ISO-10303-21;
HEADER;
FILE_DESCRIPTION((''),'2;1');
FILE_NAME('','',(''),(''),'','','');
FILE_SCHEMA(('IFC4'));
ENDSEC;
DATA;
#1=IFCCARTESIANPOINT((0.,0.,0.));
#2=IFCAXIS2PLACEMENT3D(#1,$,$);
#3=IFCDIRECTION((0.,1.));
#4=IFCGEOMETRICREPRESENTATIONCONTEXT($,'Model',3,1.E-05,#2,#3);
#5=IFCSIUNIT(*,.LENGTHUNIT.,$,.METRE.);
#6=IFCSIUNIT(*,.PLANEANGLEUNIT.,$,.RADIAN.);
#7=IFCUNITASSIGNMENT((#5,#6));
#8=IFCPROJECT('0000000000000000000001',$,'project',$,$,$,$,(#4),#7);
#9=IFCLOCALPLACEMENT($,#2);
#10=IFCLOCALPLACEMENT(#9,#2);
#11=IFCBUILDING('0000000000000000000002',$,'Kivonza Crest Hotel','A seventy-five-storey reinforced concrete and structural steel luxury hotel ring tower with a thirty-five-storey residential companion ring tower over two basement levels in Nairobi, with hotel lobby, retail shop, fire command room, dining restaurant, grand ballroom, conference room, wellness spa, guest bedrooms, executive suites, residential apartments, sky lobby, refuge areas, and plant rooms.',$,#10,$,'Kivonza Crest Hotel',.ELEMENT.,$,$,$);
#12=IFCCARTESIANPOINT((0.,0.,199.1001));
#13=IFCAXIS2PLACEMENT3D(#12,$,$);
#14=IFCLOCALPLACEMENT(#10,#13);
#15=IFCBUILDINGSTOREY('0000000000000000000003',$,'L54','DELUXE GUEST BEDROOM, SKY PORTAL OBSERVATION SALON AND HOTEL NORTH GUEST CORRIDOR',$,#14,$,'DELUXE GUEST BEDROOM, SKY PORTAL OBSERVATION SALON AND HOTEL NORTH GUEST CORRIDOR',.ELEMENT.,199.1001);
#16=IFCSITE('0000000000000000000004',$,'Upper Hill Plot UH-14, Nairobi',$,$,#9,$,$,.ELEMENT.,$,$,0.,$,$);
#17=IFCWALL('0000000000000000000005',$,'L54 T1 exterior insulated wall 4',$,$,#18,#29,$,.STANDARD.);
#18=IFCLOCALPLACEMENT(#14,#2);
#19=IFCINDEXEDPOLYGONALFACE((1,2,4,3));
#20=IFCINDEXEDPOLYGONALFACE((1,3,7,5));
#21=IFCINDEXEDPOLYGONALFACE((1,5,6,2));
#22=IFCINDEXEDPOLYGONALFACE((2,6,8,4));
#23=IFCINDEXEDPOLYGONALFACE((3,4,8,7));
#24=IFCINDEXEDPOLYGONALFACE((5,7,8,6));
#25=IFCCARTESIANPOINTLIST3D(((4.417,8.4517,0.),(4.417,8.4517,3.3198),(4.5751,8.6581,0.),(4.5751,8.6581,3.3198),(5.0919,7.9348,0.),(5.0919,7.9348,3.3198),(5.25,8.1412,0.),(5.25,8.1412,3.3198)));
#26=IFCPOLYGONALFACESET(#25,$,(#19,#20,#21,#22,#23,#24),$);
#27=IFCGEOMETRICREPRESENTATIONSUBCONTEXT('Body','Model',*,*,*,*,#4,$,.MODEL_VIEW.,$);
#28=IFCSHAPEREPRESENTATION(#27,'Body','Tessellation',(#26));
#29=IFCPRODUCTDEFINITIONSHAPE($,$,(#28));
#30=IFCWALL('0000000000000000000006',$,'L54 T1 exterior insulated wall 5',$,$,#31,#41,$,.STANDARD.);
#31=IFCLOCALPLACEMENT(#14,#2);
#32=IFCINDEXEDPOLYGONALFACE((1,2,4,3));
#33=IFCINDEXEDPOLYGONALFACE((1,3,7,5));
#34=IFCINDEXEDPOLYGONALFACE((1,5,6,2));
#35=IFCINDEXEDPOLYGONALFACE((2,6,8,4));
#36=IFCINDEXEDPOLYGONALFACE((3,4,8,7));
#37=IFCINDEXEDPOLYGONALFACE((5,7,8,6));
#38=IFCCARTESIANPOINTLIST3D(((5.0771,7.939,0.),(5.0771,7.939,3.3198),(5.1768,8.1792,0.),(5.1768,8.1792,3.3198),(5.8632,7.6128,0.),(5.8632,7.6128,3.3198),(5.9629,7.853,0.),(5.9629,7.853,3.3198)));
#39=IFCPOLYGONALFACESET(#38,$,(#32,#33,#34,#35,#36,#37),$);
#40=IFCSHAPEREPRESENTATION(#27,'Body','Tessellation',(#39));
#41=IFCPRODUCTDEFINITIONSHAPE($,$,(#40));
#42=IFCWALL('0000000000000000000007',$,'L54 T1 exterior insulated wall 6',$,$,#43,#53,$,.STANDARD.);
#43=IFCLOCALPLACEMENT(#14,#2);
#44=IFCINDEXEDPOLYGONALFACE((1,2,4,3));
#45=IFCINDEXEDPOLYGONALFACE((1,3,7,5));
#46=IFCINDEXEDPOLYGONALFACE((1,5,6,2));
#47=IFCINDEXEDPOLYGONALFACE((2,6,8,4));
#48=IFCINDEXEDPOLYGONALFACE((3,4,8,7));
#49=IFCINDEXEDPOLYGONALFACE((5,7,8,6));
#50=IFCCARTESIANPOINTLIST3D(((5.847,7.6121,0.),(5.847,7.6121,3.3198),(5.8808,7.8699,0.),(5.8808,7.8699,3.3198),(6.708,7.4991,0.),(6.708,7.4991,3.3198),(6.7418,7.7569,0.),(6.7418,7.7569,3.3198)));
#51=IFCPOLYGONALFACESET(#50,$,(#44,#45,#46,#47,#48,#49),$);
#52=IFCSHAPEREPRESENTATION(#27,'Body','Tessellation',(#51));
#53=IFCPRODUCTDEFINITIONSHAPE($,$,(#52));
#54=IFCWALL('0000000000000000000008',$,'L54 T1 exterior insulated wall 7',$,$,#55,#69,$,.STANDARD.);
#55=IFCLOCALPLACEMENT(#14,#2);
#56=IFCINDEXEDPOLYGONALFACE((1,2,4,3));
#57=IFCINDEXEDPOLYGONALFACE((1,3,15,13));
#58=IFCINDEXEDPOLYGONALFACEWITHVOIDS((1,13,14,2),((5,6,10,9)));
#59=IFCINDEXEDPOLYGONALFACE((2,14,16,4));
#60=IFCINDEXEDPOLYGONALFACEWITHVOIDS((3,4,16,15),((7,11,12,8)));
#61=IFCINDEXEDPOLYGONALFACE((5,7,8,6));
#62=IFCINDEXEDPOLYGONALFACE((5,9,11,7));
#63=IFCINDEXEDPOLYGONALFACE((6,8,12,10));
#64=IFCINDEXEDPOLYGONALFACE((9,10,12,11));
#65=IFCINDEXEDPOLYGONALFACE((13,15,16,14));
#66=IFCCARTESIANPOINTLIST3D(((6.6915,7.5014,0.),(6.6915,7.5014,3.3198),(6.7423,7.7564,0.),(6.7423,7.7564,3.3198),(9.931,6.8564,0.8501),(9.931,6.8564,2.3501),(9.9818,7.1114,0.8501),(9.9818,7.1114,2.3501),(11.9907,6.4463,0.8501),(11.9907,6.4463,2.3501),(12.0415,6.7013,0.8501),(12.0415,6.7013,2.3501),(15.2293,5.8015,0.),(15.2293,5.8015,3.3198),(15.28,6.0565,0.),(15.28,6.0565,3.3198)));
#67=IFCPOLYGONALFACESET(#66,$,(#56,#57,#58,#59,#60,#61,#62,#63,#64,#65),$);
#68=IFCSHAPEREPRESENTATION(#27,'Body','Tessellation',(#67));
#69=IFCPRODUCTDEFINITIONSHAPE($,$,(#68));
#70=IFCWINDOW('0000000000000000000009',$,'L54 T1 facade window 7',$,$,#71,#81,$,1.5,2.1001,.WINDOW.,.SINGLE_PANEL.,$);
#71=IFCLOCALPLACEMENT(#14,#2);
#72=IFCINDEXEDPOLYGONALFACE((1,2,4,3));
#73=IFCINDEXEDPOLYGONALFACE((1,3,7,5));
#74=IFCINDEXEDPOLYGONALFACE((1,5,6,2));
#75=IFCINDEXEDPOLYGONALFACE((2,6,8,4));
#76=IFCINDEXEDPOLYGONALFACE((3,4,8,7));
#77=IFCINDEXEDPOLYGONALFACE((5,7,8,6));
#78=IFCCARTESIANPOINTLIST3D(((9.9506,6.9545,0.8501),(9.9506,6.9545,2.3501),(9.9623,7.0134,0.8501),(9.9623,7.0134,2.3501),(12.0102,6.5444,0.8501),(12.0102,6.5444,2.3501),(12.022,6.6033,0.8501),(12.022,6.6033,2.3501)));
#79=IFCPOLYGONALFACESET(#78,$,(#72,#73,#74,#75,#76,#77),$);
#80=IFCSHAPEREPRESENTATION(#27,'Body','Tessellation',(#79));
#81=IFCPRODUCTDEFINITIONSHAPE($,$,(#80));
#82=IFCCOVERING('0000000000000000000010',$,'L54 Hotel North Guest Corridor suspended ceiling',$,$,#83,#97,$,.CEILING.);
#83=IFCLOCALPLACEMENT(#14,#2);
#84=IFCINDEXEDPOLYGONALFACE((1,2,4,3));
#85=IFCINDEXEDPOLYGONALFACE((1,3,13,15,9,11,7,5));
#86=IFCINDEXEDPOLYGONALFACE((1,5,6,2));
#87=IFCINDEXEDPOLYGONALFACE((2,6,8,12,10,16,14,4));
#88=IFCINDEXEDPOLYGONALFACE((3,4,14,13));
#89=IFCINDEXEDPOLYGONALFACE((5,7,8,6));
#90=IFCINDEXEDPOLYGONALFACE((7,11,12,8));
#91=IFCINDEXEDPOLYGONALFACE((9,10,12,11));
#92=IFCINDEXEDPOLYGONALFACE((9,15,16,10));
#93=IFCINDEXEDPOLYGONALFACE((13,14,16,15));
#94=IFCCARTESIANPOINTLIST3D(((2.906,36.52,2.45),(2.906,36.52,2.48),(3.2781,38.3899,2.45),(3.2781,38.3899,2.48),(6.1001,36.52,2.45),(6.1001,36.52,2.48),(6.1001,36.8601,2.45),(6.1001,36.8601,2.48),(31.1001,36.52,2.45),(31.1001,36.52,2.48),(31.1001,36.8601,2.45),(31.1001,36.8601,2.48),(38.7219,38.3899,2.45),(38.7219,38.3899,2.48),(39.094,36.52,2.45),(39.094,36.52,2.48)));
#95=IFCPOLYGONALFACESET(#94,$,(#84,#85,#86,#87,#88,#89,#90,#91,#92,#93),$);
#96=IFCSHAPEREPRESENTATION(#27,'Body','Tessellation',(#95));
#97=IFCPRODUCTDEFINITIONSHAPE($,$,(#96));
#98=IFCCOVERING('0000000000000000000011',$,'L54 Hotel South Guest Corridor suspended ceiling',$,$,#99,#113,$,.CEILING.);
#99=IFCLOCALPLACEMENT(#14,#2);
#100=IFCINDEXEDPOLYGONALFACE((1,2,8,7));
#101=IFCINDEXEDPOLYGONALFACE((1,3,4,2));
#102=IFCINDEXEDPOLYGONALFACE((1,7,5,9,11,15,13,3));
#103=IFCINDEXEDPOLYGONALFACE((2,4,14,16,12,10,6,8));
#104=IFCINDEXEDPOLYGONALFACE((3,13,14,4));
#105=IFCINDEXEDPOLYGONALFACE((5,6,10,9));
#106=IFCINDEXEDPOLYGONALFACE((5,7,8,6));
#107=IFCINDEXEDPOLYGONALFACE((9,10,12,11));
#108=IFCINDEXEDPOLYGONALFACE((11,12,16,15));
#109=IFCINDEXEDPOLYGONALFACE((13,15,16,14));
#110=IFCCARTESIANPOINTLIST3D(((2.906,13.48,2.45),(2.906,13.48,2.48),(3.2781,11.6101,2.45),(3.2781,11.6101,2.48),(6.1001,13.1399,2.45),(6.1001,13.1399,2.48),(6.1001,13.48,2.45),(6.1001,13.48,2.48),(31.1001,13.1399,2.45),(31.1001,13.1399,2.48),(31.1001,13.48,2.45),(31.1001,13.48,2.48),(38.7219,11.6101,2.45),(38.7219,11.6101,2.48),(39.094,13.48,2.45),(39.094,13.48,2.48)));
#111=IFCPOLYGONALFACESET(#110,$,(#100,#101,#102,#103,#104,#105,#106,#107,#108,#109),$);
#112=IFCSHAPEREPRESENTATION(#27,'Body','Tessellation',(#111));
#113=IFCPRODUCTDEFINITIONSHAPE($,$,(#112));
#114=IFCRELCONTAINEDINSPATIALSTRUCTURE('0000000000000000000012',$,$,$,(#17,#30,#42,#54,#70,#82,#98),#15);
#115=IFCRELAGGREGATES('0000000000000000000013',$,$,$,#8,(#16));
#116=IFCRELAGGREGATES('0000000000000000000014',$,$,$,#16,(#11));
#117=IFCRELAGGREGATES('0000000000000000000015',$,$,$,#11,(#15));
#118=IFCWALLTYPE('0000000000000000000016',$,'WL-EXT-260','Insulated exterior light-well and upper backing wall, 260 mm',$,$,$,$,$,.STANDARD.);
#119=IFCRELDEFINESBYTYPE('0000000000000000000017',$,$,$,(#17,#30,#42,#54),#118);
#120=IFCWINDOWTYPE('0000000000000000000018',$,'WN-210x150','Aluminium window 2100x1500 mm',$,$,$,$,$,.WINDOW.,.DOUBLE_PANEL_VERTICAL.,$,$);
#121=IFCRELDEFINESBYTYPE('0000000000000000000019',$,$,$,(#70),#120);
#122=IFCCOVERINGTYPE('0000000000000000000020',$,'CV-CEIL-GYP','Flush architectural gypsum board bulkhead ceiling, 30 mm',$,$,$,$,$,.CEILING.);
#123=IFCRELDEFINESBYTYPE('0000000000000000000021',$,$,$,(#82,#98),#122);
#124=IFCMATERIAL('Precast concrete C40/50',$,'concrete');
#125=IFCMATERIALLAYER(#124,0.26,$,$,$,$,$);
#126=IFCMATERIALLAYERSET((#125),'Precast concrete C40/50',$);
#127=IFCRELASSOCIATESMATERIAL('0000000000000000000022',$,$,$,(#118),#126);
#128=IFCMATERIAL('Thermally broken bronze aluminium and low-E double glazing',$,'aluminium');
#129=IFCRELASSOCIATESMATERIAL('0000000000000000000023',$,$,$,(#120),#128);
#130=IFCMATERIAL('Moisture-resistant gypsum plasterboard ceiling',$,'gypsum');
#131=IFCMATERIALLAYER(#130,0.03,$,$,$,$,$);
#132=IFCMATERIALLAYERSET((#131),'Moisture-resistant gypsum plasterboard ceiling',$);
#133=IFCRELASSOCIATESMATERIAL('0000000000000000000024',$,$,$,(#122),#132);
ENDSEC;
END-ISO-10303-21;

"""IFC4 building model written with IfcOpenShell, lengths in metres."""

from ifc_helpers import new_model, si_unit, direction, frame, frame_2d, origin, place, context, subcontext, project, spatial, polyline, rectangle, outline, extrude, material, layer, layer_set, type_object, element, fill, save


model = new_model("IFC4")

# Units and contexts
model_context = context("Model", 3, precision=1e-05, world=origin(), true_north=direction((0.0, 1.0)))
body_context = subcontext(model_context, "Body", "Model", "MODEL_VIEW")
ifc_project = project(units=[si_unit("LENGTHUNIT", "METRE"), si_unit("PLANEANGLEUNIT", "RADIAN")], contexts=[model_context])

# Site, building, storey
site_placement = place(None, origin())
site = spatial("IfcSite", under=ifc_project, at=site_placement, Name="Upper Hill Plot UH-14, Nairobi", CompositionType="ELEMENT", RefElevation=0.0)
building_placement = place(site_placement, origin())
building = spatial("IfcBuilding", under=site, at=building_placement, Name="Kivonza Crest Hotel", Description="A seventy-five-storey reinforced concrete and structural steel luxury hotel ring tower with a thirty-five-storey residential companion ring tower over two basement levels in Nairobi, with hotel lobby, retail shop, fire command room, dining restaurant, grand ballroom, conference room, wellness spa, guest bedrooms, executive suites, residential apartments, sky lobby, refuge areas, and plant rooms.", LongName="Kivonza Crest Hotel", CompositionType="ELEMENT")
storey_placement = place(building_placement, frame((0.0, 0.0, 199.1001)))
storey = spatial("IfcBuildingStorey", under=building, at=storey_placement, Name="L54", Description="DELUXE GUEST BEDROOM, SKY PORTAL OBSERVATION SALON AND HOTEL NORTH GUEST CORRIDOR", LongName="DELUXE GUEST BEDROOM, SKY PORTAL OBSERVATION SALON AND HOTEL NORTH GUEST CORRIDOR", CompositionType="ELEMENT", Elevation=199.1001)

# Walls
ifc_material_1 = material(Name="Precast concrete C40/50", Category="concrete")
ifc_layer_1 = layer(ifc_material_1, 0.26)
ifc_layer_set_1 = layer_set([ifc_layer_1], Name="Precast concrete C40/50")
wall_type_1 = type_object("IfcWallType", Name="WL-EXT-260", Description="Insulated exterior light-well and upper backing wall, 260 mm", PredefinedType="STANDARD", material=ifc_layer_set_1)
for number, where, z_axis, x_axis, name in (
    (1, (4.4961, 8.5549, 0.0), (0.0, 0.0, 1.0), (0.793893, -0.608058, 0.0), "L54 T1 exterior insulated wall 4"),
):
    element("IfcWall", number, at=place(storey_placement, frame(where, z_axis=z_axis, x_axis=x_axis)), inside=storey, type_object=wall_type_1, Name=name, PredefinedType="STANDARD", context=body_context, shape_type="SweptSolid", body=[
        extrude(rectangle(XDim=0.8501, YDim=0.26, at=frame_2d((0.425, 0.0))), origin(), (0.0, 0.0, 1.0), 3.3198),
    ])
wall_1_placement = place(storey_placement, frame((5.127, 8.0591, 0.0), z_axis=(0.0, 0.0, 1.0), x_axis=(0.923653, -0.38323, 0.0)))
element("IfcWall", 2, at=wall_1_placement, inside=storey, type_object=wall_type_1, Name="L54 T1 exterior insulated wall 5", PredefinedType="STANDARD", context=body_context, shape_type="SweptSolid", body=[
    extrude(rectangle(XDim=0.8511, YDim=0.26, at=frame_2d((0.4255, 0.0))), origin(), (0.0, 0.0, 1.0), 3.3198),
])
wall_2_placement = place(storey_placement, frame((5.864, 7.741, 0.0), z_axis=(0.0, 0.0, 1.0), x_axis=(0.991493, -0.130156, 0.0)))
element("IfcWall", 3, at=wall_2_placement, inside=storey, type_object=wall_type_1, Name="L54 T1 exterior insulated wall 6", PredefinedType="STANDARD", context=body_context, shape_type="SweptSolid", body=[
    extrude(rectangle(XDim=0.8684, YDim=0.26, at=frame_2d((0.4341, 0.0))), origin(), (0.0, 0.0, 1.0), 3.3198),
])

# Wall, opening, window
wall_3_placement = place(storey_placement, frame((6.717, 7.6289, 0.0), z_axis=(0.0, 0.0, 1.0), x_axis=(0.980749, -0.195275, 0.0)))
wall_3 = element("IfcWall", 4, at=wall_3_placement, inside=storey, type_object=wall_type_1, Name="L54 T1 exterior insulated wall 7", PredefinedType="STANDARD", context=body_context, shape_type="SweptSolid", body=[
    extrude(rectangle(XDim=8.7053, YDim=0.26, at=frame_2d((4.3525, 0.0))), origin(), (0.0, 0.0, 1.0), 3.3198),
])
opening_placement = place(wall_3_placement, frame((3.303, 0.0, 0.8501)))
opening = element("IfcOpeningElement", 5, at=opening_placement, cuts=wall_3, PredefinedType="OPENING", context=body_context, shape_type="SweptSolid", body=[
    extrude(rectangle(XDim=2.1001, YDim=1.5, at=frame_2d((1.05, 0.75))), frame((0.0, 0.1401, 0.0), z_axis=(0.0, -1.0, 0.0), x_axis=(1.0, 0.0, 0.0)), (0.0, 0.0, 1.0), 0.28),
])
ifc_material_2 = material(Name="Thermally broken bronze aluminium and low-E double glazing", Category="aluminium")
window_type = type_object("IfcWindowType", Name="WN-210x150", Description="Aluminium window 2100x1500 mm", PartitioningType="DOUBLE_PANEL_VERTICAL", PredefinedType="WINDOW", material=ifc_material_2)
window_placement = place(opening_placement, origin())
window = element("IfcWindow", 6, at=window_placement, inside=storey, type_object=window_type, Name="L54 T1 facade window 7", OverallHeight=1.5, OverallWidth=2.1001, PartitioningType="SINGLE_PANEL", PredefinedType="WINDOW", context=body_context, shape_type="SweptSolid", body=[
    extrude(rectangle(XDim=2.1001, YDim=1.5, at=frame_2d((1.05, 0.75))), frame((0.0, 0.03, 0.0), z_axis=(0.0, -1.0, 0.0), x_axis=(1.0, 0.0, 0.0)), (0.0, 0.0, 1.0), 0.0601),
])
fill(opening, window)

# Coverings
ifc_material_3 = material(Name="Moisture-resistant gypsum plasterboard ceiling", Category="gypsum")
ifc_layer_2 = layer(ifc_material_3, 0.03)
ifc_layer_set_2 = layer_set([ifc_layer_2], Name="Moisture-resistant gypsum plasterboard ceiling")
covering_type = type_object("IfcCoveringType", Name="CV-CEIL-GYP", Description="Flush architectural gypsum board bulkhead ceiling, 30 mm", PredefinedType="CEILING", material=ifc_layer_set_2)
covering_1_placement = place(storey_placement, frame((0.0, 0.0, 2.45)))
element("IfcCovering", 7, at=covering_1_placement, inside=storey, type_object=covering_type, Name="L54 Hotel North Guest Corridor suspended ceiling", PredefinedType="CEILING", context=body_context, shape_type="SweptSolid", body=[
    extrude(outline(polyline([(3.2781, 38.3899), (2.906, 36.52), (6.1001, 36.52), (6.1001, 36.8601), (31.1001, 36.8601), (31.1001, 36.52), (39.094, 36.52), (38.7219, 38.3899), (3.2781, 38.3899)])), origin(), (0.0, 0.0, 1.0), 0.03),
])
covering_2_placement = place(storey_placement, frame((0.0, 0.0, 2.45)))
element("IfcCovering", 8, at=covering_2_placement, inside=storey, type_object=covering_type, Name="L54 Hotel South Guest Corridor suspended ceiling", PredefinedType="CEILING", context=body_context, shape_type="SweptSolid", body=[
    extrude(outline(polyline([(2.906, 13.48), (3.2781, 11.6101), (38.7219, 11.6101), (39.094, 13.48), (31.1001, 13.48), (31.1001, 13.1399), (6.1001, 13.1399), (6.1001, 13.48), (2.906, 13.48)])), origin(), (0.0, 0.0, 1.0), 0.03),
])

save(model, "model.ifc")
